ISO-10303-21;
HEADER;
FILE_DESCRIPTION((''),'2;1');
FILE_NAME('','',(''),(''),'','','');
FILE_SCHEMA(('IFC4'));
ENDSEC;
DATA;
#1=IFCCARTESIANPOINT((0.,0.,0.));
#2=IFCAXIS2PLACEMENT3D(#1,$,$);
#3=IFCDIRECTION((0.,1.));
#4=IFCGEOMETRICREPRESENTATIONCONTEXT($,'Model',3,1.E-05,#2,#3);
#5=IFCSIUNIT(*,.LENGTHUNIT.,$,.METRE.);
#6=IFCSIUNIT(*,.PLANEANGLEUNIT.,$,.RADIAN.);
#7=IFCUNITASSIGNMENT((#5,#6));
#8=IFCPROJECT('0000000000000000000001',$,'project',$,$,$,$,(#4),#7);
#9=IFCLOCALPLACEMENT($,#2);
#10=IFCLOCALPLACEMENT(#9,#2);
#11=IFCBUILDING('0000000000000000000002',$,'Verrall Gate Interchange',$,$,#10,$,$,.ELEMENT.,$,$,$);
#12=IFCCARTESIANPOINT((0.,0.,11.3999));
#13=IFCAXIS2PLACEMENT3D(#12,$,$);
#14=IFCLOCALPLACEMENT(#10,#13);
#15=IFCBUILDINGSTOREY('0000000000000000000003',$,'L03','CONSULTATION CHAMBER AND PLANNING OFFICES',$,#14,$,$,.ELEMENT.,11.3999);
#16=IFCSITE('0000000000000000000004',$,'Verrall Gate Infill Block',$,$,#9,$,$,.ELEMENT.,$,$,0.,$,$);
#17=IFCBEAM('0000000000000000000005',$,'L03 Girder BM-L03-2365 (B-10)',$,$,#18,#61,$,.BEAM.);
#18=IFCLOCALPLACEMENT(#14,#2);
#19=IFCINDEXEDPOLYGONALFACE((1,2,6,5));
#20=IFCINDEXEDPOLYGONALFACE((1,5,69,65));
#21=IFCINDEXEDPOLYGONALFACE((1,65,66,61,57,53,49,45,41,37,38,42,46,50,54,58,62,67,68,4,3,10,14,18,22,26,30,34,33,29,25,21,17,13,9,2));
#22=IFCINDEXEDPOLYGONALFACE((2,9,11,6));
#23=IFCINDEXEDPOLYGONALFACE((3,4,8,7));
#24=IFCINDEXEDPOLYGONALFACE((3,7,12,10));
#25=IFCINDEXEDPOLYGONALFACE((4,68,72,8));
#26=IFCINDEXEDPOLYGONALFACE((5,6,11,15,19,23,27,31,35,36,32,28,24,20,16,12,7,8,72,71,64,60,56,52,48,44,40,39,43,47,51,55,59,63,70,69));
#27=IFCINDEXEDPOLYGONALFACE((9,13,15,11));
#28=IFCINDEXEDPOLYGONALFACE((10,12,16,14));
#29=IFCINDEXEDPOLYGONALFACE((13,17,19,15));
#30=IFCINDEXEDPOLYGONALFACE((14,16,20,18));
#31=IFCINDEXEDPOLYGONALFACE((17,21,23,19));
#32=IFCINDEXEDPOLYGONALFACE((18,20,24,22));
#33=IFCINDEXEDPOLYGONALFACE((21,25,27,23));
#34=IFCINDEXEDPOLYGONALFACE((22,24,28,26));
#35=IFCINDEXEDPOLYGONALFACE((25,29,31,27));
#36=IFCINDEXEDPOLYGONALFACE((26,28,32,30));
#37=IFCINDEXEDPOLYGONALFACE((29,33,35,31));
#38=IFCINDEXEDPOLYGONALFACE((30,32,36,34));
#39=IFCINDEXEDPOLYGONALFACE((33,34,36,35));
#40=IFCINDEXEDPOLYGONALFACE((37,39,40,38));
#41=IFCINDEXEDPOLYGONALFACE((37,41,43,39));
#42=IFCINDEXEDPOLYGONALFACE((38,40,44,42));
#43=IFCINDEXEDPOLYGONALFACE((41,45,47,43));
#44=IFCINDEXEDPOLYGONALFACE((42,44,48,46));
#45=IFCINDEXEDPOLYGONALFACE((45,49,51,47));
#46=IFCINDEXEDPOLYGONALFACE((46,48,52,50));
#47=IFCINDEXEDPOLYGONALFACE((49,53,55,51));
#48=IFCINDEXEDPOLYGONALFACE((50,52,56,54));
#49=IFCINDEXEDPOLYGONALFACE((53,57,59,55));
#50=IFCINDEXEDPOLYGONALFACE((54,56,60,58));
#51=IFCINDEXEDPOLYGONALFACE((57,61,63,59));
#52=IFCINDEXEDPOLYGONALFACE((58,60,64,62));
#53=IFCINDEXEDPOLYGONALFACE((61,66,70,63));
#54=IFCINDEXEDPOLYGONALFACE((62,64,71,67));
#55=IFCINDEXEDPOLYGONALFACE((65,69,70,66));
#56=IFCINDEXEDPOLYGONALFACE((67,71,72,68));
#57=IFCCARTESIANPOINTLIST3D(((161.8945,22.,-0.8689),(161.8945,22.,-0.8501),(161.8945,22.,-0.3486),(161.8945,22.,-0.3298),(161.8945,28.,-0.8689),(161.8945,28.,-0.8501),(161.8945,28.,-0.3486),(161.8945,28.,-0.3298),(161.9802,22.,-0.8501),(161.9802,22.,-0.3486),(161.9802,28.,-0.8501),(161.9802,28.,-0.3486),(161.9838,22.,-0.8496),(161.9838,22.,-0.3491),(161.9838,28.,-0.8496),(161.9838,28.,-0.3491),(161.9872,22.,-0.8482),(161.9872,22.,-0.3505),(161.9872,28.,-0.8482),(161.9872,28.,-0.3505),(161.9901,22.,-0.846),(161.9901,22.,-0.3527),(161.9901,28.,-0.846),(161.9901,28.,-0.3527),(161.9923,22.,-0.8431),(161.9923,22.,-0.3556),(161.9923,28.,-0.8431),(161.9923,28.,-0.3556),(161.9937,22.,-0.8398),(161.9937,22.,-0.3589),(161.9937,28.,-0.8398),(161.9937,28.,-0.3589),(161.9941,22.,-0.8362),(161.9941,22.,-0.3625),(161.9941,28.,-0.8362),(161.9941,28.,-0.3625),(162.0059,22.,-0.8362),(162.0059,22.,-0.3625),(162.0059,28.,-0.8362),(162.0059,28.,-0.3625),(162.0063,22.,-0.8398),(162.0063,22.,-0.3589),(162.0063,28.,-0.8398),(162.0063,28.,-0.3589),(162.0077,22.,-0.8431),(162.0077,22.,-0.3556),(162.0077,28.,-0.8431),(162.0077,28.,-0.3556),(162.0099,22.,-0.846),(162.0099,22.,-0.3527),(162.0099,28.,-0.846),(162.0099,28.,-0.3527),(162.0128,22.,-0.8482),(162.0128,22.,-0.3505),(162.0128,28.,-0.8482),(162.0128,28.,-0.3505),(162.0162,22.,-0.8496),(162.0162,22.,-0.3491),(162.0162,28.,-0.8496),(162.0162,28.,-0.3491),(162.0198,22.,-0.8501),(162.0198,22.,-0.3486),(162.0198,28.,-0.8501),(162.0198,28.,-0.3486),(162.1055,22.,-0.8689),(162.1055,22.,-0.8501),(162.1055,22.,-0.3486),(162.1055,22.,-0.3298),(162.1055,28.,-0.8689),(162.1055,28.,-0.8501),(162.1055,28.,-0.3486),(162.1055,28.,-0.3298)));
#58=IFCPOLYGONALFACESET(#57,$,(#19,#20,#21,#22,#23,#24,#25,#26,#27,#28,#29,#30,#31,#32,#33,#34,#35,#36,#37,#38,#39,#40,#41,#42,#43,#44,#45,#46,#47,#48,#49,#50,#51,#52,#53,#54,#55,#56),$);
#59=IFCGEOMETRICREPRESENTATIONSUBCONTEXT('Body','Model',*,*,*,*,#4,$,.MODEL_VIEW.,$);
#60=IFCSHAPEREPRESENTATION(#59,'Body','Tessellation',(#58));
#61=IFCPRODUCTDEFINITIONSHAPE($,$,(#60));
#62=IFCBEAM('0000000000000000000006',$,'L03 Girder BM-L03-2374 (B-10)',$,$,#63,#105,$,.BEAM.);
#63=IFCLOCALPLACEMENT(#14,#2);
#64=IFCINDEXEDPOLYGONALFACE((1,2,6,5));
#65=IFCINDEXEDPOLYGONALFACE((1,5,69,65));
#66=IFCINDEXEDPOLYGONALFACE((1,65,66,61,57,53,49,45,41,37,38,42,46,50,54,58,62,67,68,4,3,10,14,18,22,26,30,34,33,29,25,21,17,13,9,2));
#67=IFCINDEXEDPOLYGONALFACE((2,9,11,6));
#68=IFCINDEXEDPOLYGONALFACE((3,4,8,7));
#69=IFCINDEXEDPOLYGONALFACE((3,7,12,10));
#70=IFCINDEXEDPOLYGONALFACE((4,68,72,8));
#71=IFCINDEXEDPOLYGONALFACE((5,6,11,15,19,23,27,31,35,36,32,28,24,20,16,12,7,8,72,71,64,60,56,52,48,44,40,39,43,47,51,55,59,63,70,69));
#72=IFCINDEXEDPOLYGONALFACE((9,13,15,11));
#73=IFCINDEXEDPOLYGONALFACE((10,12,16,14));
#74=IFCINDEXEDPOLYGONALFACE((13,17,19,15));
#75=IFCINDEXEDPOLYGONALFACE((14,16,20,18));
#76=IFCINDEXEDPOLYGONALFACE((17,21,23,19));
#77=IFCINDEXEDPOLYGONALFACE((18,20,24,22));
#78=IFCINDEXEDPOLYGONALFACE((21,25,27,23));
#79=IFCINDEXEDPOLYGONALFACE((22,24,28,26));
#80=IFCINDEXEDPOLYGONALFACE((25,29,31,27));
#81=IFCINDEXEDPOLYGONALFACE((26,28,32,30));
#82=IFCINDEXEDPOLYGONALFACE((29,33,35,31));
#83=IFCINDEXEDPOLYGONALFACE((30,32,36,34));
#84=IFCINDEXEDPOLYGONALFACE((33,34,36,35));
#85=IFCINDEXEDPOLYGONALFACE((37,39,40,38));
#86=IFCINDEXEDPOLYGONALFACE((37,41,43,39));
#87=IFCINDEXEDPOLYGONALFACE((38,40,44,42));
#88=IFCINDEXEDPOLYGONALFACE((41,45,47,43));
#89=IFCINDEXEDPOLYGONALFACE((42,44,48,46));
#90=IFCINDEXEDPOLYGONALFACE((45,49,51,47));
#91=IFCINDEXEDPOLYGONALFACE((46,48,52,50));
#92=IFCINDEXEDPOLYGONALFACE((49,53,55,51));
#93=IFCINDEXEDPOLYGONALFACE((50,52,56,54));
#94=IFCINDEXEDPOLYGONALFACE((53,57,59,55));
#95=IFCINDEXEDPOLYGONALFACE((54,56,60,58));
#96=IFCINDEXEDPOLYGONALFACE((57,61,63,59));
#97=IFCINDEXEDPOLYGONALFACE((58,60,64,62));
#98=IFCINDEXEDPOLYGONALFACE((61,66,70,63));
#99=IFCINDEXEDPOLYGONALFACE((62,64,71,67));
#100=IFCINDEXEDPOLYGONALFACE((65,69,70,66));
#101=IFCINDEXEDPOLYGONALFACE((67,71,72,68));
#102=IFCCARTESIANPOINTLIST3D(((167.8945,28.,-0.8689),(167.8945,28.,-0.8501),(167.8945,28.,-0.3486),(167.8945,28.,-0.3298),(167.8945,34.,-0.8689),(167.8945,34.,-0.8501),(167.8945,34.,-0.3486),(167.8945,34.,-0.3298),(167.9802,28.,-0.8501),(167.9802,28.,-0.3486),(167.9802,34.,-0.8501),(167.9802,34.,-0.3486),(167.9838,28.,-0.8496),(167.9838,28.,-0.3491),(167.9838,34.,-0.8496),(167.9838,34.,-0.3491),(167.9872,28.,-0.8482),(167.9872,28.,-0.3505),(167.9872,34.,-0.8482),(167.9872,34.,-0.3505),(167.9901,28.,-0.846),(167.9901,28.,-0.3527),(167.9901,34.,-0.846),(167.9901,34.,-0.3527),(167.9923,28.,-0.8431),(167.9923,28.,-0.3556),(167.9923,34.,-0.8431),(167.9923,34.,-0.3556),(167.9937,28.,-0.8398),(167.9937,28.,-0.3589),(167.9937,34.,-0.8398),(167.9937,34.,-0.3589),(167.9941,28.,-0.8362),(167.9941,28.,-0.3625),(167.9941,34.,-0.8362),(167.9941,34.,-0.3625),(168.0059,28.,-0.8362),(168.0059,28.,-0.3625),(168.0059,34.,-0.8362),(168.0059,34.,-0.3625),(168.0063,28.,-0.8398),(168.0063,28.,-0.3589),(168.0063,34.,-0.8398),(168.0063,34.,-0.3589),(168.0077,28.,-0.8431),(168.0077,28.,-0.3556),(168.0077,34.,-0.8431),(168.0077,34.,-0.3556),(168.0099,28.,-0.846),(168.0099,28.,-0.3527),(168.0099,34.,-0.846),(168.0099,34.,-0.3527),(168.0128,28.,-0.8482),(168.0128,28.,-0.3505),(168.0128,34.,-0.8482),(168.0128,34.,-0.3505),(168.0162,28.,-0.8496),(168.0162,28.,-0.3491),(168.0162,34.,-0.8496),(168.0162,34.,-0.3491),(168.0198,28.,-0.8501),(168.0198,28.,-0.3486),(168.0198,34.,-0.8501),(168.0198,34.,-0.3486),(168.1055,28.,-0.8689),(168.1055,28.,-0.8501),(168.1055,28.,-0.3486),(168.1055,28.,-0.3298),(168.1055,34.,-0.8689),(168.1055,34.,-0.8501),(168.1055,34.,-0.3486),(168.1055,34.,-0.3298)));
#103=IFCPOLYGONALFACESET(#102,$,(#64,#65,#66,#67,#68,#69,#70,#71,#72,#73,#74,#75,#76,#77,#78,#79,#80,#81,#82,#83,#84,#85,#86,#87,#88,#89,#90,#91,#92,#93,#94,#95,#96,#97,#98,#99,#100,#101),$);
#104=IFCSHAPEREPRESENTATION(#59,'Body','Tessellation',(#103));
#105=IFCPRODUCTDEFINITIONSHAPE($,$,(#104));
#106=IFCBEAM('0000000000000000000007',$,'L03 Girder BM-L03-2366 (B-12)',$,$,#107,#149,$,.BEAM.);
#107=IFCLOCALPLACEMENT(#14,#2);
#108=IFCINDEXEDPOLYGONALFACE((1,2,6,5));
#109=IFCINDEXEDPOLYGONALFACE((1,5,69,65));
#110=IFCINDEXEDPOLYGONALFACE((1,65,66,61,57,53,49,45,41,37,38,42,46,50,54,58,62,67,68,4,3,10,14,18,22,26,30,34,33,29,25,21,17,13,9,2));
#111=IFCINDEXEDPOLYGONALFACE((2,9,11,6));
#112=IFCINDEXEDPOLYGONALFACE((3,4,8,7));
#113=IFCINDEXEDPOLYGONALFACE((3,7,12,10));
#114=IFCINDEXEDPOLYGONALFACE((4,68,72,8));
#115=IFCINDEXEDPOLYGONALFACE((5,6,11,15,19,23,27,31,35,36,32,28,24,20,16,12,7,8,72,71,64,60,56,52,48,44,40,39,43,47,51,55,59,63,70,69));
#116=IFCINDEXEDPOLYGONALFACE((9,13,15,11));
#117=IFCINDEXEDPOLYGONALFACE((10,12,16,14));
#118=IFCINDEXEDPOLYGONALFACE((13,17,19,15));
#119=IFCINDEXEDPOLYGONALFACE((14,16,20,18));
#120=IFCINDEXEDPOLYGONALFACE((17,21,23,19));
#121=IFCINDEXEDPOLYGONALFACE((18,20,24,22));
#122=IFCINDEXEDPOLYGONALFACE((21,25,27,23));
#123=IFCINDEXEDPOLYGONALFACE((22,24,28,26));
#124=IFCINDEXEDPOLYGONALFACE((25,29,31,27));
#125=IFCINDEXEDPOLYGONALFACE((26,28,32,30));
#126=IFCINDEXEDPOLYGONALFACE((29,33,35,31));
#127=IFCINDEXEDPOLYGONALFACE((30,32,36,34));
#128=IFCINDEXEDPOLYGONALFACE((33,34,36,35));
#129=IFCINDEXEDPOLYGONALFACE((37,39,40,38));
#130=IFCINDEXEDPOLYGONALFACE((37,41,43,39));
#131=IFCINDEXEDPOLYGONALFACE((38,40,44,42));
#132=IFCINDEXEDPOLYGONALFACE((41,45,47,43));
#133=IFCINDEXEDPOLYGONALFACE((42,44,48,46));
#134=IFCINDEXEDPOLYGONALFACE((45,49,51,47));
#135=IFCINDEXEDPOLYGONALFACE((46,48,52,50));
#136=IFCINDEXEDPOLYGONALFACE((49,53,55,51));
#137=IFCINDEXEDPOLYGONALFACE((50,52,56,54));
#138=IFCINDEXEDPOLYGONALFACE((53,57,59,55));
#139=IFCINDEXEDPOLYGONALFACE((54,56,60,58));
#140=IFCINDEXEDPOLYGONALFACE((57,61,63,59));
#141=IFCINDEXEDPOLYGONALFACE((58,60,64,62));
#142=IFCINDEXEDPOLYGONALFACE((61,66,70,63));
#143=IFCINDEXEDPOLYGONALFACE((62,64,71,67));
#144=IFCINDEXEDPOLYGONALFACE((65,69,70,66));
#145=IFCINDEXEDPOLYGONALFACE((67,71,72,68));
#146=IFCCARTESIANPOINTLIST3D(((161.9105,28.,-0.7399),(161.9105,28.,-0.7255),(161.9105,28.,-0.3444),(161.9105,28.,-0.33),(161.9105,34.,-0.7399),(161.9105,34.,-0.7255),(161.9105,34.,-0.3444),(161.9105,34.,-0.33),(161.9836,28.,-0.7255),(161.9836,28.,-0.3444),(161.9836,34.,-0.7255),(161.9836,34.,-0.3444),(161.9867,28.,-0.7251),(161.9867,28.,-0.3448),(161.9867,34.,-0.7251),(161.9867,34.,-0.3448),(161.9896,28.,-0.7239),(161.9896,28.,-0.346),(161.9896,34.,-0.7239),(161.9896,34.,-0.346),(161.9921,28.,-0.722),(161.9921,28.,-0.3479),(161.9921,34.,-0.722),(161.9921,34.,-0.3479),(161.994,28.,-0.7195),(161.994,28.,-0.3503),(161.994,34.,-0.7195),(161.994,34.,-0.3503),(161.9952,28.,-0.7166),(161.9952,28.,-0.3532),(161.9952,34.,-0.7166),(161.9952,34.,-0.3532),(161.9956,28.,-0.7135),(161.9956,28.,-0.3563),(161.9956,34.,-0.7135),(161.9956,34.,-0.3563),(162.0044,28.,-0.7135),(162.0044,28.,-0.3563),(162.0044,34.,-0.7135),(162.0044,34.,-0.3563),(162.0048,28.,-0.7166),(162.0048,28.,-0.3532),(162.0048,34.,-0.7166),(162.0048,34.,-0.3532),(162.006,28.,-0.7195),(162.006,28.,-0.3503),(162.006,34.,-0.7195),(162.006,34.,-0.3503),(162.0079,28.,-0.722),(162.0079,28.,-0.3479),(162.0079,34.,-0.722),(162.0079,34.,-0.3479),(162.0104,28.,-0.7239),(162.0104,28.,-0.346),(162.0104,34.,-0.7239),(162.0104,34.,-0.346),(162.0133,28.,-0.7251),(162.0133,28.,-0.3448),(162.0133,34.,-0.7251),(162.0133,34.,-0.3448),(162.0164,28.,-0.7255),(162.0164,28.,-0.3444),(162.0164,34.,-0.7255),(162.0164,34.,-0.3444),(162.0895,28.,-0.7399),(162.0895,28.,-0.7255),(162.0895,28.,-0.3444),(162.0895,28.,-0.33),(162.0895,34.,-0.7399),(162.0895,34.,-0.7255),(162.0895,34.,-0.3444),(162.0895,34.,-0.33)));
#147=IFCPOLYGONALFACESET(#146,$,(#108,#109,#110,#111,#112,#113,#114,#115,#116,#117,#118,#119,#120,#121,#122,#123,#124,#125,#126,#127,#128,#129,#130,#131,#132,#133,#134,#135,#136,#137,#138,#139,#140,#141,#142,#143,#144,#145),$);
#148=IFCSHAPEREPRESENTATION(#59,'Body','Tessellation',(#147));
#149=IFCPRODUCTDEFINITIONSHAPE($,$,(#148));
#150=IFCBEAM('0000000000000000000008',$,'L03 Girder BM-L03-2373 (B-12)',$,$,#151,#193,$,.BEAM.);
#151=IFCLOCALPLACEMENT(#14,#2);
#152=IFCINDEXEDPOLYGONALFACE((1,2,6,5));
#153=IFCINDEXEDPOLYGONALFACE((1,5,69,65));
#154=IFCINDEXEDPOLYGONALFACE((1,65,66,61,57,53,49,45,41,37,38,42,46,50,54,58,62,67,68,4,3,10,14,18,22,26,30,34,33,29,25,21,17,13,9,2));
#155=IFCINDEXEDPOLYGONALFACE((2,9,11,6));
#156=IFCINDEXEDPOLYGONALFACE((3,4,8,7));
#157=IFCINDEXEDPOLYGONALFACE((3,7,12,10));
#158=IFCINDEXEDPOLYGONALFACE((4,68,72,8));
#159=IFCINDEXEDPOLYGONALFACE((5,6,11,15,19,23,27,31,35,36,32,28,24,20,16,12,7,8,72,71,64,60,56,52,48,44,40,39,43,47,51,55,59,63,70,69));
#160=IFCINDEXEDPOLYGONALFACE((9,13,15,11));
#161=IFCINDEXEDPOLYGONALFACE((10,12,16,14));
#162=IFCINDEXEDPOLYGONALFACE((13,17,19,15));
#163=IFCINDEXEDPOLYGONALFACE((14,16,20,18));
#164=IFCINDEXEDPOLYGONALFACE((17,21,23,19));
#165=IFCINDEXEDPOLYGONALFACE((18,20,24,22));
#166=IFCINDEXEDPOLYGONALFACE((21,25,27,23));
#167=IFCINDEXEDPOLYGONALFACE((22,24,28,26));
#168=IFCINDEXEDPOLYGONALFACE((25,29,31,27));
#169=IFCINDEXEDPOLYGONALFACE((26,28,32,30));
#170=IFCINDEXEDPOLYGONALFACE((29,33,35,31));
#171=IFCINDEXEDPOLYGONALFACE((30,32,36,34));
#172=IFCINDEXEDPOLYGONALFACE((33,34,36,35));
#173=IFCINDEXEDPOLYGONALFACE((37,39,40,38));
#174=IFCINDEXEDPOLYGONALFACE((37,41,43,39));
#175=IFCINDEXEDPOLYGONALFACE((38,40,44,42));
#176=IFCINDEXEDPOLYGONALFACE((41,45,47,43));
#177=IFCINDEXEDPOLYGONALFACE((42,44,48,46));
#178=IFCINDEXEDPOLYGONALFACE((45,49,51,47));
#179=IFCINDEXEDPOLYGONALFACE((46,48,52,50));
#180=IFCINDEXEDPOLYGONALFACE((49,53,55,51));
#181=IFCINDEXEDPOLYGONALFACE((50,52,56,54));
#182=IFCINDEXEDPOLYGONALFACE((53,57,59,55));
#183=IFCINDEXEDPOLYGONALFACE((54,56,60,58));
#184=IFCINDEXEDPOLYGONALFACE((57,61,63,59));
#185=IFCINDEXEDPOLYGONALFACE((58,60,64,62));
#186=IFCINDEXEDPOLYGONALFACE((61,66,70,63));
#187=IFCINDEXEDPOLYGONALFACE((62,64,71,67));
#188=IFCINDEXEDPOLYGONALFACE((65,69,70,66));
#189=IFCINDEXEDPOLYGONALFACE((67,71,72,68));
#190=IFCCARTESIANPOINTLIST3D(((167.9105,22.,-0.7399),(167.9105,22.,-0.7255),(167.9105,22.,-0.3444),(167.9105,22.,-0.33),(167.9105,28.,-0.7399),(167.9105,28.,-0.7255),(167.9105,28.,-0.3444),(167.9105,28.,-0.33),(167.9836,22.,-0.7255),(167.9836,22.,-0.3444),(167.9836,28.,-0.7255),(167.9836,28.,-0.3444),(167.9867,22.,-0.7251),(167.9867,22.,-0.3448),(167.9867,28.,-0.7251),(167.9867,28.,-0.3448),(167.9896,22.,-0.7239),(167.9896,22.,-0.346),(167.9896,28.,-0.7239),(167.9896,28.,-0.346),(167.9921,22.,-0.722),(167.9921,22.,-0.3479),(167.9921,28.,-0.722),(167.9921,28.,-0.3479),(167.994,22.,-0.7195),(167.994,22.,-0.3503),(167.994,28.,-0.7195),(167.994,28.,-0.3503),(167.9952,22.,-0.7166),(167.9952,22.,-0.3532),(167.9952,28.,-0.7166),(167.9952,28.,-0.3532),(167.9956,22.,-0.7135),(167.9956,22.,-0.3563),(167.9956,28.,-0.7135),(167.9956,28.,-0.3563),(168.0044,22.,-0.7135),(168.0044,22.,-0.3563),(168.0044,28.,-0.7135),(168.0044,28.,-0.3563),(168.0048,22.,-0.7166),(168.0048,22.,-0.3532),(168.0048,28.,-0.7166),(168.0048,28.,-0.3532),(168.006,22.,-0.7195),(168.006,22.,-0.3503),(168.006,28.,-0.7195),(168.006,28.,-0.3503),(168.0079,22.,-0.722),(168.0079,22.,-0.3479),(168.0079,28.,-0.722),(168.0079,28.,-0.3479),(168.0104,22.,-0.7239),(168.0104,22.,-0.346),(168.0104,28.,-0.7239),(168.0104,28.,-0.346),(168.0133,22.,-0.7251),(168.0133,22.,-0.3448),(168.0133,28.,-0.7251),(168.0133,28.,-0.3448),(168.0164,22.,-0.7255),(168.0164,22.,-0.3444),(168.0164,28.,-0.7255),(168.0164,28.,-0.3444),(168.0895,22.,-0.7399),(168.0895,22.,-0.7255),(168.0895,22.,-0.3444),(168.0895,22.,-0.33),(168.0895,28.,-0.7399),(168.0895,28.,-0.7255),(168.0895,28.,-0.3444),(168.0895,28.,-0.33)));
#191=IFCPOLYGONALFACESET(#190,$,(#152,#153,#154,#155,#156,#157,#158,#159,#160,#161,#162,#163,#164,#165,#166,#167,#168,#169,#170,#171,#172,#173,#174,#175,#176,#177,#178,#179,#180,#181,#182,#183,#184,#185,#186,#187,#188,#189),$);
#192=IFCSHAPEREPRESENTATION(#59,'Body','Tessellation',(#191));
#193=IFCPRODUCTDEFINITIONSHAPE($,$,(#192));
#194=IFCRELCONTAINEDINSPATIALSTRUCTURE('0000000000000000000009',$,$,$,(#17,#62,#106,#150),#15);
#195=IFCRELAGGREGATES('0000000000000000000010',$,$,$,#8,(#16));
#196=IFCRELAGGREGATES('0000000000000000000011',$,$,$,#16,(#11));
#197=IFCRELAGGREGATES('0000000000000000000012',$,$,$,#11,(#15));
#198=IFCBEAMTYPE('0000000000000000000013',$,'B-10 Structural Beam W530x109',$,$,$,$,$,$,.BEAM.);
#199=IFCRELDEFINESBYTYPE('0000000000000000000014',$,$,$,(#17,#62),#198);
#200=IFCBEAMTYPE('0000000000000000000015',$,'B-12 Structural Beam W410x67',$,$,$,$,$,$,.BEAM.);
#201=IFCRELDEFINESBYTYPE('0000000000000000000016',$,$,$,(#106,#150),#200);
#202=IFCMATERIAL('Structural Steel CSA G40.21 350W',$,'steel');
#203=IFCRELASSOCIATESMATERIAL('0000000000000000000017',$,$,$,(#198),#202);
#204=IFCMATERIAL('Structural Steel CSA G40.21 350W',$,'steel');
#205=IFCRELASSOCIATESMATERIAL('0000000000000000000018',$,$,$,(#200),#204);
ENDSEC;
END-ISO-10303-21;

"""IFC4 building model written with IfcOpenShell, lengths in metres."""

from ifc_helpers import new_model, si_unit, direction, frame, origin, origin_2d, place, context, subcontext, project, spatial, i_section, extrude, material, material_profile, profile_set, type_object, element, save


model = new_model("IFC4")

# Units and contexts
model_context = context("Model", 3, precision=1e-05, world=origin(), true_north=direction((0.0, 1.0)))
body_context = subcontext(model_context, "Body", "Model", "MODEL_VIEW")
ifc_project = project(units=[si_unit("LENGTHUNIT", "METRE"), si_unit("PLANEANGLEUNIT", "RADIAN")], contexts=[model_context])

# Site, building, storey
site_placement = place(None, origin())
site = spatial("IfcSite", under=ifc_project, at=site_placement, Name="Verrall Gate Infill Block", CompositionType="ELEMENT", RefElevation=0.0)
building_placement = place(site_placement, origin())
building = spatial("IfcBuilding", under=site, at=building_placement, Name="Verrall Gate Interchange", CompositionType="ELEMENT")
storey_placement = place(building_placement, frame((0.0, 0.0, 11.3999)))
storey = spatial("IfcBuildingStorey", under=building, at=storey_placement, Name="L03", Description="CONSULTATION CHAMBER AND PLANNING OFFICES", CompositionType="ELEMENT", Elevation=11.3999)

# Beams
ifc_material_1 = material(Name="Structural Steel CSA G40.21 350W", Category="steel")
ifc_material_profile_1 = material_profile(ifc_material_1, i_section(OverallWidth=0.2109, OverallDepth=0.5391, WebThickness=0.0117, FlangeThickness=0.0188, FilletRadius=0.0139, at=origin_2d()), Name="W530x109")
ifc_profile_set_1 = profile_set([ifc_material_profile_1], Name="Structural Steel CSA G40.21 350W")
beam_type_1 = type_object("IfcBeamType", Name="B-10 Structural Beam W530x109", PredefinedType="BEAM", material=ifc_profile_set_1)
for number, where, z_axis, x_axis, name in (
    (1, (162.0, 22.0, -0.5994), (0.0, 1.0, 0.0), (-1.0, 0.0, 0.0), "L03 Girder BM-L03-2365 (B-10)"),
    (2, (168.0, 28.0, -0.5994), (0.0, 1.0, 0.0), (-1.0, 0.0, 0.0), "L03 Girder BM-L03-2374 (B-10)"),
):
    element("IfcBeam", number, at=place(storey_placement, frame(where, z_axis=z_axis, x_axis=x_axis)), inside=storey, type_object=beam_type_1, Name=name, PredefinedType="BEAM", context=body_context, shape_type="SweptSolid", body=[
        extrude(i_section(OverallWidth=0.2109, OverallDepth=0.5391, WebThickness=0.0117, FlangeThickness=0.0188, FilletRadius=0.0139, at=origin_2d()), origin(), (0.0, 0.0, 1.0), 6.0),
    ])
ifc_material_2 = material(Name="Structural Steel CSA G40.21 350W", Category="steel")
ifc_material_profile_2 = material_profile(ifc_material_2, i_section(OverallWidth=0.179, OverallDepth=0.4099, WebThickness=0.0088, FlangeThickness=0.0144, FilletRadius=0.012, at=origin_2d()), Name="W410x67")
ifc_profile_set_2 = profile_set([ifc_material_profile_2], Name="Structural Steel CSA G40.21 350W")
beam_type_2 = type_object("IfcBeamType", Name="B-12 Structural Beam W410x67", PredefinedType="BEAM", material=ifc_profile_set_2)
for number, where, z_axis, x_axis, name in (
    (3, (162.0, 28.0, -0.5349), (0.0, 1.0, 0.0), (-1.0, 0.0, 0.0), "L03 Girder BM-L03-2366 (B-12)"),
    (4, (168.0, 22.0, -0.5349), (0.0, 1.0, 0.0), (-1.0, 0.0, 0.0), "L03 Girder BM-L03-2373 (B-12)"),
):
    element("IfcBeam", number, at=place(storey_placement, frame(where, z_axis=z_axis, x_axis=x_axis)), inside=storey, type_object=beam_type_2, Name=name, PredefinedType="BEAM", context=body_context, shape_type="SweptSolid", body=[
        extrude(i_section(OverallWidth=0.179, OverallDepth=0.4099, WebThickness=0.0088, FlangeThickness=0.0144, FilletRadius=0.012, at=origin_2d()), origin(), (0.0, 0.0, 1.0), 6.0),
    ])

save(model, "model.ifc")
